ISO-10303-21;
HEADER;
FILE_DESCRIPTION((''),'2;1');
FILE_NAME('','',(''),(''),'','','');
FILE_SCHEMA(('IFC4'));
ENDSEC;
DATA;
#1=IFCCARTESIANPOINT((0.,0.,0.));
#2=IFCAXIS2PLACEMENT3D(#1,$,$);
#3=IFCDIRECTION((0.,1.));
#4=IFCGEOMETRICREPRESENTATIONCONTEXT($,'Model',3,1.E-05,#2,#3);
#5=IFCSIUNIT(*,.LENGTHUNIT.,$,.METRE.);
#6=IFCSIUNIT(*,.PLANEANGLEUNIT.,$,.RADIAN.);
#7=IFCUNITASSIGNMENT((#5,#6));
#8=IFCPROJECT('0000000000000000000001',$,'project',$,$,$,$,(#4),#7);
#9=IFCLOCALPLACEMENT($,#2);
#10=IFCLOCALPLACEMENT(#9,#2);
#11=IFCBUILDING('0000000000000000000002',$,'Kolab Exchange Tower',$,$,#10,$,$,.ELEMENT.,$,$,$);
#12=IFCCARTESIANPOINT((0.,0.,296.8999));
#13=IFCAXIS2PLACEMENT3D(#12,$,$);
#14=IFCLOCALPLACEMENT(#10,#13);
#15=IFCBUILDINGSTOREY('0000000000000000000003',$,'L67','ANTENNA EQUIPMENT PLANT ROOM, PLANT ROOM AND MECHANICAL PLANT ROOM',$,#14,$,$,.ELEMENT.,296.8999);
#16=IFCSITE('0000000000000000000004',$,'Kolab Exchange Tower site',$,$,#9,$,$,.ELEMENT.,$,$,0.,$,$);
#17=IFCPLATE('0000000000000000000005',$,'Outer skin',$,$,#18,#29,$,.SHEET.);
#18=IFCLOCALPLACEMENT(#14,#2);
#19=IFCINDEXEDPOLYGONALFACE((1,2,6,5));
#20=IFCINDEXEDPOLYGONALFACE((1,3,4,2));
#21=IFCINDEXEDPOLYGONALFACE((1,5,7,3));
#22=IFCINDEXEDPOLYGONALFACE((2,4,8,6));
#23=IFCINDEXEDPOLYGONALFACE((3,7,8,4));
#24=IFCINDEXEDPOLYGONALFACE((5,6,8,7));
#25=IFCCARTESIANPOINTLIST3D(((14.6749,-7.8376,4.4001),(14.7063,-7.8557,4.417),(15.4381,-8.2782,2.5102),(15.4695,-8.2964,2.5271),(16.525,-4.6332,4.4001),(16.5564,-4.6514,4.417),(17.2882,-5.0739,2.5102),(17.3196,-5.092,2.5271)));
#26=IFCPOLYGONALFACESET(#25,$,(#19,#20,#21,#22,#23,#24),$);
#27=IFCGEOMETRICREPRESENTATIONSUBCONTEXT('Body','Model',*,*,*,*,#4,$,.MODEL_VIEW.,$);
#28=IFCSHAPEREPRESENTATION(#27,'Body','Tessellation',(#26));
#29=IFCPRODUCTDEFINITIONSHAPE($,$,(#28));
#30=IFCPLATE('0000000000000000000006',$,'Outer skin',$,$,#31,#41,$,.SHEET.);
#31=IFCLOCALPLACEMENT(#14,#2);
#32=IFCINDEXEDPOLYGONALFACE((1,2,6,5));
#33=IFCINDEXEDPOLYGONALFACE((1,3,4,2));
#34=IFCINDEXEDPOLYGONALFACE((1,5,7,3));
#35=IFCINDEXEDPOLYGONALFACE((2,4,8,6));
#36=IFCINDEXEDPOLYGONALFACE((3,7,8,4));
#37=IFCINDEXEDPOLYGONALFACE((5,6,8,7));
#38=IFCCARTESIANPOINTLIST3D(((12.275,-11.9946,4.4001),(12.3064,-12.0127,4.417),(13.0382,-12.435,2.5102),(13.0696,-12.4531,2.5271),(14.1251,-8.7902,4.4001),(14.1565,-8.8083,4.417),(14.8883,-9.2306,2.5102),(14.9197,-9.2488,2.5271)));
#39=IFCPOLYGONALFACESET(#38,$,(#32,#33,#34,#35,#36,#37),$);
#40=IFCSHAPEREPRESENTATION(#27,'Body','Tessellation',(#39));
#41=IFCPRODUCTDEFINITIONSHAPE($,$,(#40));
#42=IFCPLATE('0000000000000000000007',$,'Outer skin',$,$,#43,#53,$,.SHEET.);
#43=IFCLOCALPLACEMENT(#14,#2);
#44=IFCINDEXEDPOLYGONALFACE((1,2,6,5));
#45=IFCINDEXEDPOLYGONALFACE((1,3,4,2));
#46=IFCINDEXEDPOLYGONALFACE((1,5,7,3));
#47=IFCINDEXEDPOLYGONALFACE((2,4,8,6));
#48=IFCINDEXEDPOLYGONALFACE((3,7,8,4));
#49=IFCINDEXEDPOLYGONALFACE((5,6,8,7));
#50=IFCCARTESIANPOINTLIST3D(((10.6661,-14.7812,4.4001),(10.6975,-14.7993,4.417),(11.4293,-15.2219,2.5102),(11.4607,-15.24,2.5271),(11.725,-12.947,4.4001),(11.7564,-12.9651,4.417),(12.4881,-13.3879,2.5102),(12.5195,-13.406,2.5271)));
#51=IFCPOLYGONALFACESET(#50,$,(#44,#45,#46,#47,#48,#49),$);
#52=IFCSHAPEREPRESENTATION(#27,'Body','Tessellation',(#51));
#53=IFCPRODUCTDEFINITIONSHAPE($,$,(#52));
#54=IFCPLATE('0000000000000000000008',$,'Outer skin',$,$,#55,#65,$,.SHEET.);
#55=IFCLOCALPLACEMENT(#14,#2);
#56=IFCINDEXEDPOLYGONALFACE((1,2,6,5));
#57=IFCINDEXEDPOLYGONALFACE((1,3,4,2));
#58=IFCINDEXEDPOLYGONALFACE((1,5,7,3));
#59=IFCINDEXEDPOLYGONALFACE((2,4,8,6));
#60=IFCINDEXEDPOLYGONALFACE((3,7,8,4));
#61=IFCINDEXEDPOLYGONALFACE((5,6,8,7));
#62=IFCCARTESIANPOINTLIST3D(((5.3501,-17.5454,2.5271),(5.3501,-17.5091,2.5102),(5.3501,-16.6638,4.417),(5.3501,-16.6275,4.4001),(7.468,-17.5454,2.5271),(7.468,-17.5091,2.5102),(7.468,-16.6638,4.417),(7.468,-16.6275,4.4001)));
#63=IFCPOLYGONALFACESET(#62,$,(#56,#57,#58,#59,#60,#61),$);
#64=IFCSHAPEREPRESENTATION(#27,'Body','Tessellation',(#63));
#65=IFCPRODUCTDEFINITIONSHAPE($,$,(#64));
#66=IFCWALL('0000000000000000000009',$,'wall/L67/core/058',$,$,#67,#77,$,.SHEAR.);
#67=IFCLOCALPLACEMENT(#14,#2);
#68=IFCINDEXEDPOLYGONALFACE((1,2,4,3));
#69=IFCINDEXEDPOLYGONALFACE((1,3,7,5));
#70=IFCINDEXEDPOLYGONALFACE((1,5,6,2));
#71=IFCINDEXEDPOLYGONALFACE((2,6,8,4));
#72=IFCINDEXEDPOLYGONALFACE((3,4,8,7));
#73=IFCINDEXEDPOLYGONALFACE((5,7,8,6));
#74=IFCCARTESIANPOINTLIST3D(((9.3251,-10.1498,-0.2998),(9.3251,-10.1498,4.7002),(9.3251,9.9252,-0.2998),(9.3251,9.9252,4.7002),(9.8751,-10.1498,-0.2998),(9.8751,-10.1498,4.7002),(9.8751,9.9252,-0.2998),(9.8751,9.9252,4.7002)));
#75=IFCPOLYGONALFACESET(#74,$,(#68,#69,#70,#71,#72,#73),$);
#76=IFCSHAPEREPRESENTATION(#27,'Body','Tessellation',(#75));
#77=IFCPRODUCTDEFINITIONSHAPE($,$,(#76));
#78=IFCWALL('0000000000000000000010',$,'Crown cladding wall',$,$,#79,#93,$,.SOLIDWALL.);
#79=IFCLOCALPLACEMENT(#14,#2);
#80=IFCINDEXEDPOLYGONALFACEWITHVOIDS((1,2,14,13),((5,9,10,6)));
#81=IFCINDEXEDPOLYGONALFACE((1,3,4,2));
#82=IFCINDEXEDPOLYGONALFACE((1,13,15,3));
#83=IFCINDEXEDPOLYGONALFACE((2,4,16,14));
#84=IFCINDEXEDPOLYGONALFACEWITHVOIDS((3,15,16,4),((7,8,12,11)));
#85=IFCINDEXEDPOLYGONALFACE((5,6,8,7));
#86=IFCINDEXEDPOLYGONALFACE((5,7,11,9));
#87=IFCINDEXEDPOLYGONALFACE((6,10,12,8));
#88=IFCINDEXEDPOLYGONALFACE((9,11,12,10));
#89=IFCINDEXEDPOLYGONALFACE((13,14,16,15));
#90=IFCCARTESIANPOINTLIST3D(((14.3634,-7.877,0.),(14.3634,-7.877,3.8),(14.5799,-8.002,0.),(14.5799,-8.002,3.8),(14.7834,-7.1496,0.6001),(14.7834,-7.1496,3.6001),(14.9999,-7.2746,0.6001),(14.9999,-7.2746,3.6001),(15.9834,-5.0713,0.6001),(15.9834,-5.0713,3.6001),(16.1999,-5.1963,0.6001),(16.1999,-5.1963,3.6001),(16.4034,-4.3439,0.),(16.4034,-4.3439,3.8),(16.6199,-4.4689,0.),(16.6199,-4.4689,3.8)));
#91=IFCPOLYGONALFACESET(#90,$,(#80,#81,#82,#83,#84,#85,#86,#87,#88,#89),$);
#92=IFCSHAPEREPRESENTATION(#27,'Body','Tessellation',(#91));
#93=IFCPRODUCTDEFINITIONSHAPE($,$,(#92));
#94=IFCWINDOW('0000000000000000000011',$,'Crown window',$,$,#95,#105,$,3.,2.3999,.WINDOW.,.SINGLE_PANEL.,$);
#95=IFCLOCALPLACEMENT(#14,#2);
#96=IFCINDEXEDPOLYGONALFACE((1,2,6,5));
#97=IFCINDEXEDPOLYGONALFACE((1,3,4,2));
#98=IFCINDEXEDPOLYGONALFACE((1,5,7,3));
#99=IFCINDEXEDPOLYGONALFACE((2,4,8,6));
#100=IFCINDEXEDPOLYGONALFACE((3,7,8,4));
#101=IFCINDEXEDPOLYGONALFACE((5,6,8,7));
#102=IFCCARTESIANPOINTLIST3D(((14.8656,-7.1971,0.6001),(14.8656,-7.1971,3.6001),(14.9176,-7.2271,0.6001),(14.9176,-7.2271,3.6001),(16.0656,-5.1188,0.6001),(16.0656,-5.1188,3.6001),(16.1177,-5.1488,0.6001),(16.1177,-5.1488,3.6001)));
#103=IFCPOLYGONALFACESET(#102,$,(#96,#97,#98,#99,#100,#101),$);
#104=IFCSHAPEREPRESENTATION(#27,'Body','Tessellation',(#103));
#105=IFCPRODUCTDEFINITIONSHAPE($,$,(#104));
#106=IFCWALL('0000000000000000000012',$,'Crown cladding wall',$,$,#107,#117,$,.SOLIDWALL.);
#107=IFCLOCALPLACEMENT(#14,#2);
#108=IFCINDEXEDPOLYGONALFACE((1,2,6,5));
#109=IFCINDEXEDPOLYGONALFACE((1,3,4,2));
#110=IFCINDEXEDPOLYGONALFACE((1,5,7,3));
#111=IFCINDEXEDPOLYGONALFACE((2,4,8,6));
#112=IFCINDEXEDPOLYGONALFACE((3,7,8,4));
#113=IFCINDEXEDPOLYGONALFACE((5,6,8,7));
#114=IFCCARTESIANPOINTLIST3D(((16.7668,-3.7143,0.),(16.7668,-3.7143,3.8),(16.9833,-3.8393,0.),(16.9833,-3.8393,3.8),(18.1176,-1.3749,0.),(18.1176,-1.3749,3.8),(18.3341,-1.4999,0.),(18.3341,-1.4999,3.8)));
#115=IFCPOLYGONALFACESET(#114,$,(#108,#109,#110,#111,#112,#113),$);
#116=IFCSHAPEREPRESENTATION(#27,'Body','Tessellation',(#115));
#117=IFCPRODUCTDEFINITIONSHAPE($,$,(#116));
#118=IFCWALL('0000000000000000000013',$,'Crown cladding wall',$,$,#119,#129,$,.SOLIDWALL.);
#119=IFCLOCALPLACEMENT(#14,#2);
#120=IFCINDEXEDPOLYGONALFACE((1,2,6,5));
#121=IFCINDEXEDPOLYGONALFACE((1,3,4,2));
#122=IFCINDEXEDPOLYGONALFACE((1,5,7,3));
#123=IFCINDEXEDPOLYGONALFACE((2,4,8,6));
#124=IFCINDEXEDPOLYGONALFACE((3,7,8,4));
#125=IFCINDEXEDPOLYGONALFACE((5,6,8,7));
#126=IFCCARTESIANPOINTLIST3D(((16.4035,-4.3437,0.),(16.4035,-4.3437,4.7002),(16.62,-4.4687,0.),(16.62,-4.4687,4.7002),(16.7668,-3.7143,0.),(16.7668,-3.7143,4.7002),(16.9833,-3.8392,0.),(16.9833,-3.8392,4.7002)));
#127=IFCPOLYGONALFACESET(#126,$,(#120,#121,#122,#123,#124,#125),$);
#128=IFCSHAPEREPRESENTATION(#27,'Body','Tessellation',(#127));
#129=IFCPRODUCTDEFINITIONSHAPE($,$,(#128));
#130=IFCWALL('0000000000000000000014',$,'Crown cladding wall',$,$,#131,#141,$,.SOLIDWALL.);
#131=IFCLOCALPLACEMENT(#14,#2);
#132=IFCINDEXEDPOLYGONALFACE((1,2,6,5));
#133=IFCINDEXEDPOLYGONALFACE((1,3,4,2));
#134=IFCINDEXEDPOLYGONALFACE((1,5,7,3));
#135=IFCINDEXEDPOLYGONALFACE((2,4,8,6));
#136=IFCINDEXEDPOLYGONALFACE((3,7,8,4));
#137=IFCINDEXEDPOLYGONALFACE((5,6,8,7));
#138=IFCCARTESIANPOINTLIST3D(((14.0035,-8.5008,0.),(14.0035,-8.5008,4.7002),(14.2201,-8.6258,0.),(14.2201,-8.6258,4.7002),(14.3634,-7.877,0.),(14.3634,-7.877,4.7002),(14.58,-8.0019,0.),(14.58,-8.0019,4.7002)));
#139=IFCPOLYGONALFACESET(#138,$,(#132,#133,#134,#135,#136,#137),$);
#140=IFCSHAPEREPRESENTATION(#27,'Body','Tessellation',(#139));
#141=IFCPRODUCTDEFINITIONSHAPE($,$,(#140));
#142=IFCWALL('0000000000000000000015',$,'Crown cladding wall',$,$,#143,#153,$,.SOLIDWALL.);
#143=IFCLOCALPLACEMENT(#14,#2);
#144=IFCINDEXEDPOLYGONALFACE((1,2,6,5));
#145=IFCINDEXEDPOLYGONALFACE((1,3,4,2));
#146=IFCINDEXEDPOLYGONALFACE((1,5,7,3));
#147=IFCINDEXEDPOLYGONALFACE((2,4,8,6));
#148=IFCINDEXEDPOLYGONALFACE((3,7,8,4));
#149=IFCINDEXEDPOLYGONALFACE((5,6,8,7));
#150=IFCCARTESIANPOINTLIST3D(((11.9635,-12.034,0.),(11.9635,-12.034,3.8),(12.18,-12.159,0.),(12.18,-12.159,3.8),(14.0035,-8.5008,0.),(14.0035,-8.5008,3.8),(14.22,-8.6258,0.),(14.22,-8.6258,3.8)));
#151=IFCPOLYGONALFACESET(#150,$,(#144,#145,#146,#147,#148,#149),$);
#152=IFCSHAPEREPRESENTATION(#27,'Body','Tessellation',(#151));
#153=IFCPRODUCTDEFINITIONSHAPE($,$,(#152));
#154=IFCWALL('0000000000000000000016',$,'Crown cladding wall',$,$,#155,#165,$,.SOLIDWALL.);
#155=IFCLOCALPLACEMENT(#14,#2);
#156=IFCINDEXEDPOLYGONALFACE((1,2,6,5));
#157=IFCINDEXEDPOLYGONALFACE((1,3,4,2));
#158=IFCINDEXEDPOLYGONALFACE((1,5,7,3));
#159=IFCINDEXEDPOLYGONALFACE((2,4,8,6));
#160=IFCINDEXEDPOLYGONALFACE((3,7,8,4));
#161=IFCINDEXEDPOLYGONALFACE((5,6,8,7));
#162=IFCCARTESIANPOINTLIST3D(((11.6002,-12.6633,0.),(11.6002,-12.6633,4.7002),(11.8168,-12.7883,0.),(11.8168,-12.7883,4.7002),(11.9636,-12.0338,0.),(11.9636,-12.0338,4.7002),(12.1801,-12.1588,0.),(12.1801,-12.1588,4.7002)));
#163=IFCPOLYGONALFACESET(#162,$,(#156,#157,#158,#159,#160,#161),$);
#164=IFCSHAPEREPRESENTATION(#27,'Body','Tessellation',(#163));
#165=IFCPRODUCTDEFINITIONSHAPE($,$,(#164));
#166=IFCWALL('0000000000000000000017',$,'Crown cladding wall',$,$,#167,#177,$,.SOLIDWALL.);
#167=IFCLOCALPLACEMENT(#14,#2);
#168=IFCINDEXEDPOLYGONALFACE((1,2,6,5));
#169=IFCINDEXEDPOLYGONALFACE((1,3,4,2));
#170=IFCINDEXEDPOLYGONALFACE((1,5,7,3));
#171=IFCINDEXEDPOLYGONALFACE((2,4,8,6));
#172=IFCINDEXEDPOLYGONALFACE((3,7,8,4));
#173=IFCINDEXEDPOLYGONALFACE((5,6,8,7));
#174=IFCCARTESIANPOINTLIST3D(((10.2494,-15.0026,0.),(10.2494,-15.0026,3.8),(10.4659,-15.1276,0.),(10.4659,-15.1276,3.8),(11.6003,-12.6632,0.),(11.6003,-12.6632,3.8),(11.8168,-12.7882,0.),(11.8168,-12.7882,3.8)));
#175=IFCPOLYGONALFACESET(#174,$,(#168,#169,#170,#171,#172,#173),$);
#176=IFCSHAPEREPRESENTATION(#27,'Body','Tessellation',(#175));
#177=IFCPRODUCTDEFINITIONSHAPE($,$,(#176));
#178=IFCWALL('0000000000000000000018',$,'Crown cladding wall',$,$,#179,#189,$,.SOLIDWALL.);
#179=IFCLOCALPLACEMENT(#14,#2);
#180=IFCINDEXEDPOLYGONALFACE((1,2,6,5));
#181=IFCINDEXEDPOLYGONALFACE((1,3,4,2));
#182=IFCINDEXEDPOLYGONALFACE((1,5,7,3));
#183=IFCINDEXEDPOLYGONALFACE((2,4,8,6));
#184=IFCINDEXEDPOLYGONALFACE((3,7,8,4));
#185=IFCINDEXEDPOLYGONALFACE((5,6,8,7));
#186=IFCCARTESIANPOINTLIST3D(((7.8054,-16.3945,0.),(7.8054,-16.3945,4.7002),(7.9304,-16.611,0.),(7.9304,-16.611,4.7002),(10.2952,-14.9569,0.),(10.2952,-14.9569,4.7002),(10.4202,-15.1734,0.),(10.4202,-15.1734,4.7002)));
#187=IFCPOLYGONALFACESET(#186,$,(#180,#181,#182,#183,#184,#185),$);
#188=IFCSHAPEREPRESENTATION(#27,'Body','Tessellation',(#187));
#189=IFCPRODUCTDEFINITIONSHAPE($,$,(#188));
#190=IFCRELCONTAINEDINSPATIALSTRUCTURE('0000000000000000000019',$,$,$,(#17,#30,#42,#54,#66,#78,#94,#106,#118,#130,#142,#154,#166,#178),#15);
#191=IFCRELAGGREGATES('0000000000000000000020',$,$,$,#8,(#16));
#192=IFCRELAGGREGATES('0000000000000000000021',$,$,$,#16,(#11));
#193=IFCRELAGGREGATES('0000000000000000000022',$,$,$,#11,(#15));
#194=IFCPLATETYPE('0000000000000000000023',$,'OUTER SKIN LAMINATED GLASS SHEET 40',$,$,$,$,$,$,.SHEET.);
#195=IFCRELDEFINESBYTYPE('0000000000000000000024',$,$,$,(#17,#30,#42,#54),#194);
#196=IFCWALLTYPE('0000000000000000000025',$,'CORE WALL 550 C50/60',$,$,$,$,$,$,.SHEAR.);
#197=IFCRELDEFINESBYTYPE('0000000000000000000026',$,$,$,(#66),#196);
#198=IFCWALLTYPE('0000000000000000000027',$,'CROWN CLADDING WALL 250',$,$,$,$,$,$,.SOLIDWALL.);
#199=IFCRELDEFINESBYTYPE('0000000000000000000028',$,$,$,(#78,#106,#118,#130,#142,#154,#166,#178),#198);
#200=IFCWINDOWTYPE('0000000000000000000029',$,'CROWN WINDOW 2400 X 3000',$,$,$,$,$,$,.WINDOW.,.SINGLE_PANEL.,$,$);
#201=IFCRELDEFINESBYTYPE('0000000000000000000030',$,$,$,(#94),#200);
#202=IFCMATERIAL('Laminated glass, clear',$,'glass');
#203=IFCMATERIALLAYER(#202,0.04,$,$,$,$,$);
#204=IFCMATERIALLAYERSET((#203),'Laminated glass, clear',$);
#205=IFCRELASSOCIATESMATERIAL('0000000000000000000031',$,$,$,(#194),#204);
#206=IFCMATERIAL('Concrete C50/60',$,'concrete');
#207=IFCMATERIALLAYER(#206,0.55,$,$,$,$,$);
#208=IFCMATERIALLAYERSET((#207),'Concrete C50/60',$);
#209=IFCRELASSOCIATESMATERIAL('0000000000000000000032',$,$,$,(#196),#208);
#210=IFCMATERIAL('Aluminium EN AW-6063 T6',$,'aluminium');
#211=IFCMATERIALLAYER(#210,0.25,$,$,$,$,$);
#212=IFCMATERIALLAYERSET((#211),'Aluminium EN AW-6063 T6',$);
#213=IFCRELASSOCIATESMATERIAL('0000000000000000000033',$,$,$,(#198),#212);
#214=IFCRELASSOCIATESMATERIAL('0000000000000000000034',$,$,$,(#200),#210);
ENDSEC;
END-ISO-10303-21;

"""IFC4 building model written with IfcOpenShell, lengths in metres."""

from ifc_helpers import new_model, si_unit, direction, frame, frame_2d, origin, place, context, subcontext, project, spatial, polyline, rectangle, outline, extrude, material, layer, layer_set, type_object, element, fill, save


model = new_model("IFC4")

# Units and contexts
model_context = context("Model", 3, precision=1e-05, world=origin(), true_north=direction((0.0, 1.0)))
body_context = subcontext(model_context, "Body", "Model", "MODEL_VIEW")
ifc_project = project(units=[si_unit("LENGTHUNIT", "METRE"), si_unit("PLANEANGLEUNIT", "RADIAN")], contexts=[model_context])

# Site, building, storey
site_placement = place(None, origin())
site = spatial("IfcSite", under=ifc_project, at=site_placement, Name="Kolab Exchange Tower site", CompositionType="ELEMENT", RefElevation=0.0)
building_placement = place(site_placement, origin())
building = spatial("IfcBuilding", under=site, at=building_placement, Name="Kolab Exchange Tower", CompositionType="ELEMENT")
storey_placement = place(building_placement, frame((0.0, 0.0, 296.8999)))
storey = spatial("IfcBuildingStorey", under=building, at=storey_placement, Name="L67", Description="ANTENNA EQUIPMENT PLANT ROOM, PLANT ROOM AND MECHANICAL PLANT ROOM", CompositionType="ELEMENT", Elevation=296.8999)

# Shared definitions
ifc_material_1 = material(Name="Concrete C50/60", Category="concrete")

# Plates
ifc_material_2 = material(Name="Laminated glass, clear", Category="glass")
ifc_layer_1 = layer(ifc_material_2, 0.04)
ifc_layer_set_1 = layer_set([ifc_layer_1], Name="Laminated glass, clear")
plate_type = type_object("IfcPlateType", Name="OUTER SKIN LAMINATED GLASS SHEET 40", PredefinedType="SHEET", material=ifc_layer_set_1)
plate_1_placement = place(storey_placement, frame((17.3196, -5.092, 2.5271), z_axis=(0.784878, -0.453166, 0.422619), x_axis=(-0.500014, -0.866017, 0.0)))
element("IfcPlate", 1, at=plate_1_placement, inside=storey, type_object=plate_type, Name="Outer skin", PredefinedType="SHEET", context=body_context, shape_type="SweptSolid", body=[
    extrude(outline(polyline([(0.0, 0.0), (3.7001, 0.0), (3.7001, -2.0853), (0.0, -2.0853), (0.0, 0.0)])), origin(), (0.0, 0.0, -1.0), 0.04),
])
plate_2_placement = place(storey_placement, frame((14.9197, -9.2488, 2.5271), z_axis=(0.784897, -0.453177, 0.422571), x_axis=(-0.500014, -0.866017, 0.0)))
element("IfcPlate", 2, at=plate_2_placement, inside=storey, type_object=plate_type, Name="Outer skin", PredefinedType="SHEET", context=body_context, shape_type="SweptSolid", body=[
    extrude(outline(polyline([(0.0, 0.0), (3.7001, 0.0), (3.7003, -2.0852), (0.0002, -2.0852), (0.0, 0.0)])), origin(), (0.0, 0.0, -1.0), 0.04),
])
plate_3_placement = place(storey_placement, frame((12.5195, -13.406, 2.5271), z_axis=(0.784891, -0.453121, 0.422643), x_axis=(-0.499975, -0.86604, 0.000011)))
element("IfcPlate", 3, at=plate_3_placement, inside=storey, type_object=plate_type, Name="Outer skin", PredefinedType="SHEET", context=body_context, shape_type="SweptSolid", body=[
    extrude(outline(polyline([(0.0, 0.0), (2.1177, 0.0), (2.1176, -2.0853), (-0.0003, -2.0853), (0.0, 0.0)])), origin(), (0.0, 0.0, -1.0), 0.04),
])
plate_4_placement = place(storey_placement, frame((7.468, -17.5454, 2.5271), z_axis=(0.0, -0.906249, 0.422744), x_axis=(-1.0, 0.0, 0.0)))
element("IfcPlate", 4, at=plate_4_placement, inside=storey, type_object=plate_type, Name="Outer skin", PredefinedType="SHEET", context=body_context, shape_type="SweptSolid", body=[
    extrude(outline(polyline([(0.0, 0.0), (2.1179, 0.0), (2.1179, -2.0854), (0.0, -2.0854), (0.0, 0.0)])), origin(), (0.0, 0.0, -1.0), 0.04),
])

# Wall
ifc_layer_2 = layer(ifc_material_1, 0.55)
ifc_layer_set_2 = layer_set([ifc_layer_2], Name="Concrete C50/60")
wall_type_1 = type_object("IfcWallType", Name="CORE WALL 550 C50/60", PredefinedType="SHEAR", material=ifc_layer_set_2)
wall_1_placement = place(storey_placement, frame((9.6001, -10.1499, -0.2998), z_axis=(0.0, 0.0, 1.0), x_axis=(0.0, 1.0, 0.0)))
element("IfcWall", 5, at=wall_1_placement, inside=storey, type_object=wall_type_1, Name="wall/L67/core/058", PredefinedType="SHEAR", context=body_context, shape_type="SweptSolid", body=[
    extrude(rectangle(XDim=20.075, YDim=0.55, at=frame_2d((10.0376, 0.0))), origin(), (0.0, 0.0, 1.0), 5.0),
])

# Wall, opening, window
ifc_material_3 = material(Name="Aluminium EN AW-6063 T6", Category="aluminium")
ifc_layer_3 = layer(ifc_material_3, 0.25)
ifc_layer_set_3 = layer_set([ifc_layer_3], Name="Aluminium EN AW-6063 T6")
wall_type_2 = type_object("IfcWallType", Name="CROWN CLADDING WALL 250", PredefinedType="SOLIDWALL", material=ifc_layer_set_3)
wall_2_placement = place(storey_placement, frame((16.5117, -4.4062, 0.0), z_axis=(0.0, 0.0, 1.0), x_axis=(-0.500026, -0.86601, 0.0)))
wall_2 = element("IfcWall", 6, at=wall_2_placement, inside=storey, type_object=wall_type_2, Name="Crown cladding wall", PredefinedType="SOLIDWALL", context=body_context, shape_type="SweptSolid", body=[
    extrude(rectangle(XDim=4.0798, YDim=0.25, at=frame_2d((2.04, 0.0))), origin(), (0.0, 0.0, 1.0), 3.8),
])
opening_placement = place(wall_2_placement, frame((0.8401, 0.0, 0.6001)))
opening = element("IfcOpeningElement", 7, at=opening_placement, cuts=wall_2, PredefinedType="OPENING", context=body_context, shape_type="SweptSolid", body=[
    extrude(rectangle(XDim=2.3999, YDim=3.0, at=frame_2d((1.2, 1.5))), frame((0.0, 0.135, 0.0), z_axis=(0.0, -1.0, 0.0), x_axis=(1.0, 0.0, 0.0)), (0.0, 0.0, 1.0), 0.27),
])
window_type = type_object("IfcWindowType", Name="CROWN WINDOW 2400 X 3000", PartitioningType="SINGLE_PANEL", PredefinedType="WINDOW", material=ifc_material_3)
window_placement = place(opening_placement, origin())
window = element("IfcWindow", 8, at=window_placement, inside=storey, type_object=window_type, Name="Crown window", OverallHeight=3.0, OverallWidth=2.3999, PartitioningType="SINGLE_PANEL", PredefinedType="WINDOW", context=body_context, shape_type="SweptSolid", body=[
    extrude(rectangle(XDim=2.3999, YDim=3.0, at=frame_2d((1.2, 1.5))), frame((0.0, 0.03, 0.0), z_axis=(0.0, -1.0, 0.0), x_axis=(1.0, 0.0, 0.0)), (0.0, 0.0, 1.0), 0.0601),
])
fill(opening, window)

# Walls
wall_3_placement = place(storey_placement, frame((18.2258, -1.4375, 0.0), z_axis=(0.0, 0.0, 1.0), x_axis=(-0.500056, -0.865993, 0.0)))
element("IfcWall", 9, at=wall_3_placement, inside=storey, type_object=wall_type_2, Name="Crown cladding wall", PredefinedType="SOLIDWALL", context=body_context, shape_type="SweptSolid", body=[
    extrude(rectangle(XDim=2.7014, YDim=0.25, at=frame_2d((1.3506, 0.0))), origin(), (0.0, 0.0, 1.0), 3.8),
])
wall_4_placement = place(storey_placement, frame((16.875, -3.7769, 0.0), z_axis=(0.0, 0.0, 1.0), x_axis=(-0.499897, -0.866085, 0.0)))
element("IfcWall", 10, at=wall_4_placement, inside=storey, type_object=wall_type_2, Name="Crown cladding wall", PredefinedType="SOLIDWALL", context=body_context, shape_type="SweptSolid", body=[
    extrude(rectangle(XDim=0.7268, YDim=0.25, at=frame_2d((0.3633, 0.0))), origin(), (0.0, 0.0, 1.0), 4.7002),
])
wall_5_placement = place(storey_placement, frame((14.4717, -7.9395, 0.0), z_axis=(0.0, 0.0, 1.0), x_axis=(-0.499713, -0.866191, 0.0)))
element("IfcWall", 11, at=wall_5_placement, inside=storey, type_object=wall_type_2, Name="Crown cladding wall", PredefinedType="SOLIDWALL", context=body_context, shape_type="SweptSolid", body=[
    extrude(rectangle(XDim=0.7202, YDim=0.25, at=frame_2d((0.3601, 0.0))), origin(), (0.0, 0.0, 1.0), 4.7002),
])
wall_6_placement = place(storey_placement, frame((14.1118, -8.5632, 0.0), z_axis=(0.0, 0.0, 1.0), x_axis=(-0.500026, -0.86601, 0.0)))
element("IfcWall", 12, at=wall_6_placement, inside=storey, type_object=wall_type_2, Name="Crown cladding wall", PredefinedType="SOLIDWALL", context=body_context, shape_type="SweptSolid", body=[
    extrude(rectangle(XDim=4.0798, YDim=0.25, at=frame_2d((2.04, 0.0))), origin(), (0.0, 0.0, 1.0), 3.8),
])
wall_7_placement = place(storey_placement, frame((12.0718, -12.0964, 0.0), z_axis=(0.0, 0.0, 1.0), x_axis=(-0.499897, -0.866085, 0.0)))
element("IfcWall", 13, at=wall_7_placement, inside=storey, type_object=wall_type_2, Name="Crown cladding wall", PredefinedType="SOLIDWALL", context=body_context, shape_type="SweptSolid", body=[
    extrude(rectangle(XDim=0.7268, YDim=0.25, at=frame_2d((0.3633, 0.0))), origin(), (0.0, 0.0, 1.0), 4.7002),
])
wall_8_placement = place(storey_placement, frame((11.7085, -12.7258, 0.0), z_axis=(0.0, 0.0, 1.0), x_axis=(-0.500056, -0.865993, 0.0)))
element("IfcWall", 14, at=wall_8_placement, inside=storey, type_object=wall_type_2, Name="Crown cladding wall", PredefinedType="SOLIDWALL", context=body_context, shape_type="SweptSolid", body=[
    extrude(rectangle(XDim=2.7014, YDim=0.25, at=frame_2d((1.3506, 0.0))), origin(), (0.0, 0.0, 1.0), 3.8),
])
wall_9_placement = place(storey_placement, frame((10.3577, -15.0652, 0.0), z_axis=(0.0, 0.0, 1.0), x_axis=(-0.866019, -0.500012, 0.0)))
element("IfcWall", 15, at=wall_9_placement, inside=storey, type_object=wall_type_2, Name="Crown cladding wall", PredefinedType="SOLIDWALL", context=body_context, shape_type="SweptSolid", body=[
    extrude(rectangle(XDim=2.875, YDim=0.25, at=frame_2d((1.4375, 0.0))), origin(), (0.0, 0.0, 1.0), 4.7002),
])

save(model, "model.ifc")
